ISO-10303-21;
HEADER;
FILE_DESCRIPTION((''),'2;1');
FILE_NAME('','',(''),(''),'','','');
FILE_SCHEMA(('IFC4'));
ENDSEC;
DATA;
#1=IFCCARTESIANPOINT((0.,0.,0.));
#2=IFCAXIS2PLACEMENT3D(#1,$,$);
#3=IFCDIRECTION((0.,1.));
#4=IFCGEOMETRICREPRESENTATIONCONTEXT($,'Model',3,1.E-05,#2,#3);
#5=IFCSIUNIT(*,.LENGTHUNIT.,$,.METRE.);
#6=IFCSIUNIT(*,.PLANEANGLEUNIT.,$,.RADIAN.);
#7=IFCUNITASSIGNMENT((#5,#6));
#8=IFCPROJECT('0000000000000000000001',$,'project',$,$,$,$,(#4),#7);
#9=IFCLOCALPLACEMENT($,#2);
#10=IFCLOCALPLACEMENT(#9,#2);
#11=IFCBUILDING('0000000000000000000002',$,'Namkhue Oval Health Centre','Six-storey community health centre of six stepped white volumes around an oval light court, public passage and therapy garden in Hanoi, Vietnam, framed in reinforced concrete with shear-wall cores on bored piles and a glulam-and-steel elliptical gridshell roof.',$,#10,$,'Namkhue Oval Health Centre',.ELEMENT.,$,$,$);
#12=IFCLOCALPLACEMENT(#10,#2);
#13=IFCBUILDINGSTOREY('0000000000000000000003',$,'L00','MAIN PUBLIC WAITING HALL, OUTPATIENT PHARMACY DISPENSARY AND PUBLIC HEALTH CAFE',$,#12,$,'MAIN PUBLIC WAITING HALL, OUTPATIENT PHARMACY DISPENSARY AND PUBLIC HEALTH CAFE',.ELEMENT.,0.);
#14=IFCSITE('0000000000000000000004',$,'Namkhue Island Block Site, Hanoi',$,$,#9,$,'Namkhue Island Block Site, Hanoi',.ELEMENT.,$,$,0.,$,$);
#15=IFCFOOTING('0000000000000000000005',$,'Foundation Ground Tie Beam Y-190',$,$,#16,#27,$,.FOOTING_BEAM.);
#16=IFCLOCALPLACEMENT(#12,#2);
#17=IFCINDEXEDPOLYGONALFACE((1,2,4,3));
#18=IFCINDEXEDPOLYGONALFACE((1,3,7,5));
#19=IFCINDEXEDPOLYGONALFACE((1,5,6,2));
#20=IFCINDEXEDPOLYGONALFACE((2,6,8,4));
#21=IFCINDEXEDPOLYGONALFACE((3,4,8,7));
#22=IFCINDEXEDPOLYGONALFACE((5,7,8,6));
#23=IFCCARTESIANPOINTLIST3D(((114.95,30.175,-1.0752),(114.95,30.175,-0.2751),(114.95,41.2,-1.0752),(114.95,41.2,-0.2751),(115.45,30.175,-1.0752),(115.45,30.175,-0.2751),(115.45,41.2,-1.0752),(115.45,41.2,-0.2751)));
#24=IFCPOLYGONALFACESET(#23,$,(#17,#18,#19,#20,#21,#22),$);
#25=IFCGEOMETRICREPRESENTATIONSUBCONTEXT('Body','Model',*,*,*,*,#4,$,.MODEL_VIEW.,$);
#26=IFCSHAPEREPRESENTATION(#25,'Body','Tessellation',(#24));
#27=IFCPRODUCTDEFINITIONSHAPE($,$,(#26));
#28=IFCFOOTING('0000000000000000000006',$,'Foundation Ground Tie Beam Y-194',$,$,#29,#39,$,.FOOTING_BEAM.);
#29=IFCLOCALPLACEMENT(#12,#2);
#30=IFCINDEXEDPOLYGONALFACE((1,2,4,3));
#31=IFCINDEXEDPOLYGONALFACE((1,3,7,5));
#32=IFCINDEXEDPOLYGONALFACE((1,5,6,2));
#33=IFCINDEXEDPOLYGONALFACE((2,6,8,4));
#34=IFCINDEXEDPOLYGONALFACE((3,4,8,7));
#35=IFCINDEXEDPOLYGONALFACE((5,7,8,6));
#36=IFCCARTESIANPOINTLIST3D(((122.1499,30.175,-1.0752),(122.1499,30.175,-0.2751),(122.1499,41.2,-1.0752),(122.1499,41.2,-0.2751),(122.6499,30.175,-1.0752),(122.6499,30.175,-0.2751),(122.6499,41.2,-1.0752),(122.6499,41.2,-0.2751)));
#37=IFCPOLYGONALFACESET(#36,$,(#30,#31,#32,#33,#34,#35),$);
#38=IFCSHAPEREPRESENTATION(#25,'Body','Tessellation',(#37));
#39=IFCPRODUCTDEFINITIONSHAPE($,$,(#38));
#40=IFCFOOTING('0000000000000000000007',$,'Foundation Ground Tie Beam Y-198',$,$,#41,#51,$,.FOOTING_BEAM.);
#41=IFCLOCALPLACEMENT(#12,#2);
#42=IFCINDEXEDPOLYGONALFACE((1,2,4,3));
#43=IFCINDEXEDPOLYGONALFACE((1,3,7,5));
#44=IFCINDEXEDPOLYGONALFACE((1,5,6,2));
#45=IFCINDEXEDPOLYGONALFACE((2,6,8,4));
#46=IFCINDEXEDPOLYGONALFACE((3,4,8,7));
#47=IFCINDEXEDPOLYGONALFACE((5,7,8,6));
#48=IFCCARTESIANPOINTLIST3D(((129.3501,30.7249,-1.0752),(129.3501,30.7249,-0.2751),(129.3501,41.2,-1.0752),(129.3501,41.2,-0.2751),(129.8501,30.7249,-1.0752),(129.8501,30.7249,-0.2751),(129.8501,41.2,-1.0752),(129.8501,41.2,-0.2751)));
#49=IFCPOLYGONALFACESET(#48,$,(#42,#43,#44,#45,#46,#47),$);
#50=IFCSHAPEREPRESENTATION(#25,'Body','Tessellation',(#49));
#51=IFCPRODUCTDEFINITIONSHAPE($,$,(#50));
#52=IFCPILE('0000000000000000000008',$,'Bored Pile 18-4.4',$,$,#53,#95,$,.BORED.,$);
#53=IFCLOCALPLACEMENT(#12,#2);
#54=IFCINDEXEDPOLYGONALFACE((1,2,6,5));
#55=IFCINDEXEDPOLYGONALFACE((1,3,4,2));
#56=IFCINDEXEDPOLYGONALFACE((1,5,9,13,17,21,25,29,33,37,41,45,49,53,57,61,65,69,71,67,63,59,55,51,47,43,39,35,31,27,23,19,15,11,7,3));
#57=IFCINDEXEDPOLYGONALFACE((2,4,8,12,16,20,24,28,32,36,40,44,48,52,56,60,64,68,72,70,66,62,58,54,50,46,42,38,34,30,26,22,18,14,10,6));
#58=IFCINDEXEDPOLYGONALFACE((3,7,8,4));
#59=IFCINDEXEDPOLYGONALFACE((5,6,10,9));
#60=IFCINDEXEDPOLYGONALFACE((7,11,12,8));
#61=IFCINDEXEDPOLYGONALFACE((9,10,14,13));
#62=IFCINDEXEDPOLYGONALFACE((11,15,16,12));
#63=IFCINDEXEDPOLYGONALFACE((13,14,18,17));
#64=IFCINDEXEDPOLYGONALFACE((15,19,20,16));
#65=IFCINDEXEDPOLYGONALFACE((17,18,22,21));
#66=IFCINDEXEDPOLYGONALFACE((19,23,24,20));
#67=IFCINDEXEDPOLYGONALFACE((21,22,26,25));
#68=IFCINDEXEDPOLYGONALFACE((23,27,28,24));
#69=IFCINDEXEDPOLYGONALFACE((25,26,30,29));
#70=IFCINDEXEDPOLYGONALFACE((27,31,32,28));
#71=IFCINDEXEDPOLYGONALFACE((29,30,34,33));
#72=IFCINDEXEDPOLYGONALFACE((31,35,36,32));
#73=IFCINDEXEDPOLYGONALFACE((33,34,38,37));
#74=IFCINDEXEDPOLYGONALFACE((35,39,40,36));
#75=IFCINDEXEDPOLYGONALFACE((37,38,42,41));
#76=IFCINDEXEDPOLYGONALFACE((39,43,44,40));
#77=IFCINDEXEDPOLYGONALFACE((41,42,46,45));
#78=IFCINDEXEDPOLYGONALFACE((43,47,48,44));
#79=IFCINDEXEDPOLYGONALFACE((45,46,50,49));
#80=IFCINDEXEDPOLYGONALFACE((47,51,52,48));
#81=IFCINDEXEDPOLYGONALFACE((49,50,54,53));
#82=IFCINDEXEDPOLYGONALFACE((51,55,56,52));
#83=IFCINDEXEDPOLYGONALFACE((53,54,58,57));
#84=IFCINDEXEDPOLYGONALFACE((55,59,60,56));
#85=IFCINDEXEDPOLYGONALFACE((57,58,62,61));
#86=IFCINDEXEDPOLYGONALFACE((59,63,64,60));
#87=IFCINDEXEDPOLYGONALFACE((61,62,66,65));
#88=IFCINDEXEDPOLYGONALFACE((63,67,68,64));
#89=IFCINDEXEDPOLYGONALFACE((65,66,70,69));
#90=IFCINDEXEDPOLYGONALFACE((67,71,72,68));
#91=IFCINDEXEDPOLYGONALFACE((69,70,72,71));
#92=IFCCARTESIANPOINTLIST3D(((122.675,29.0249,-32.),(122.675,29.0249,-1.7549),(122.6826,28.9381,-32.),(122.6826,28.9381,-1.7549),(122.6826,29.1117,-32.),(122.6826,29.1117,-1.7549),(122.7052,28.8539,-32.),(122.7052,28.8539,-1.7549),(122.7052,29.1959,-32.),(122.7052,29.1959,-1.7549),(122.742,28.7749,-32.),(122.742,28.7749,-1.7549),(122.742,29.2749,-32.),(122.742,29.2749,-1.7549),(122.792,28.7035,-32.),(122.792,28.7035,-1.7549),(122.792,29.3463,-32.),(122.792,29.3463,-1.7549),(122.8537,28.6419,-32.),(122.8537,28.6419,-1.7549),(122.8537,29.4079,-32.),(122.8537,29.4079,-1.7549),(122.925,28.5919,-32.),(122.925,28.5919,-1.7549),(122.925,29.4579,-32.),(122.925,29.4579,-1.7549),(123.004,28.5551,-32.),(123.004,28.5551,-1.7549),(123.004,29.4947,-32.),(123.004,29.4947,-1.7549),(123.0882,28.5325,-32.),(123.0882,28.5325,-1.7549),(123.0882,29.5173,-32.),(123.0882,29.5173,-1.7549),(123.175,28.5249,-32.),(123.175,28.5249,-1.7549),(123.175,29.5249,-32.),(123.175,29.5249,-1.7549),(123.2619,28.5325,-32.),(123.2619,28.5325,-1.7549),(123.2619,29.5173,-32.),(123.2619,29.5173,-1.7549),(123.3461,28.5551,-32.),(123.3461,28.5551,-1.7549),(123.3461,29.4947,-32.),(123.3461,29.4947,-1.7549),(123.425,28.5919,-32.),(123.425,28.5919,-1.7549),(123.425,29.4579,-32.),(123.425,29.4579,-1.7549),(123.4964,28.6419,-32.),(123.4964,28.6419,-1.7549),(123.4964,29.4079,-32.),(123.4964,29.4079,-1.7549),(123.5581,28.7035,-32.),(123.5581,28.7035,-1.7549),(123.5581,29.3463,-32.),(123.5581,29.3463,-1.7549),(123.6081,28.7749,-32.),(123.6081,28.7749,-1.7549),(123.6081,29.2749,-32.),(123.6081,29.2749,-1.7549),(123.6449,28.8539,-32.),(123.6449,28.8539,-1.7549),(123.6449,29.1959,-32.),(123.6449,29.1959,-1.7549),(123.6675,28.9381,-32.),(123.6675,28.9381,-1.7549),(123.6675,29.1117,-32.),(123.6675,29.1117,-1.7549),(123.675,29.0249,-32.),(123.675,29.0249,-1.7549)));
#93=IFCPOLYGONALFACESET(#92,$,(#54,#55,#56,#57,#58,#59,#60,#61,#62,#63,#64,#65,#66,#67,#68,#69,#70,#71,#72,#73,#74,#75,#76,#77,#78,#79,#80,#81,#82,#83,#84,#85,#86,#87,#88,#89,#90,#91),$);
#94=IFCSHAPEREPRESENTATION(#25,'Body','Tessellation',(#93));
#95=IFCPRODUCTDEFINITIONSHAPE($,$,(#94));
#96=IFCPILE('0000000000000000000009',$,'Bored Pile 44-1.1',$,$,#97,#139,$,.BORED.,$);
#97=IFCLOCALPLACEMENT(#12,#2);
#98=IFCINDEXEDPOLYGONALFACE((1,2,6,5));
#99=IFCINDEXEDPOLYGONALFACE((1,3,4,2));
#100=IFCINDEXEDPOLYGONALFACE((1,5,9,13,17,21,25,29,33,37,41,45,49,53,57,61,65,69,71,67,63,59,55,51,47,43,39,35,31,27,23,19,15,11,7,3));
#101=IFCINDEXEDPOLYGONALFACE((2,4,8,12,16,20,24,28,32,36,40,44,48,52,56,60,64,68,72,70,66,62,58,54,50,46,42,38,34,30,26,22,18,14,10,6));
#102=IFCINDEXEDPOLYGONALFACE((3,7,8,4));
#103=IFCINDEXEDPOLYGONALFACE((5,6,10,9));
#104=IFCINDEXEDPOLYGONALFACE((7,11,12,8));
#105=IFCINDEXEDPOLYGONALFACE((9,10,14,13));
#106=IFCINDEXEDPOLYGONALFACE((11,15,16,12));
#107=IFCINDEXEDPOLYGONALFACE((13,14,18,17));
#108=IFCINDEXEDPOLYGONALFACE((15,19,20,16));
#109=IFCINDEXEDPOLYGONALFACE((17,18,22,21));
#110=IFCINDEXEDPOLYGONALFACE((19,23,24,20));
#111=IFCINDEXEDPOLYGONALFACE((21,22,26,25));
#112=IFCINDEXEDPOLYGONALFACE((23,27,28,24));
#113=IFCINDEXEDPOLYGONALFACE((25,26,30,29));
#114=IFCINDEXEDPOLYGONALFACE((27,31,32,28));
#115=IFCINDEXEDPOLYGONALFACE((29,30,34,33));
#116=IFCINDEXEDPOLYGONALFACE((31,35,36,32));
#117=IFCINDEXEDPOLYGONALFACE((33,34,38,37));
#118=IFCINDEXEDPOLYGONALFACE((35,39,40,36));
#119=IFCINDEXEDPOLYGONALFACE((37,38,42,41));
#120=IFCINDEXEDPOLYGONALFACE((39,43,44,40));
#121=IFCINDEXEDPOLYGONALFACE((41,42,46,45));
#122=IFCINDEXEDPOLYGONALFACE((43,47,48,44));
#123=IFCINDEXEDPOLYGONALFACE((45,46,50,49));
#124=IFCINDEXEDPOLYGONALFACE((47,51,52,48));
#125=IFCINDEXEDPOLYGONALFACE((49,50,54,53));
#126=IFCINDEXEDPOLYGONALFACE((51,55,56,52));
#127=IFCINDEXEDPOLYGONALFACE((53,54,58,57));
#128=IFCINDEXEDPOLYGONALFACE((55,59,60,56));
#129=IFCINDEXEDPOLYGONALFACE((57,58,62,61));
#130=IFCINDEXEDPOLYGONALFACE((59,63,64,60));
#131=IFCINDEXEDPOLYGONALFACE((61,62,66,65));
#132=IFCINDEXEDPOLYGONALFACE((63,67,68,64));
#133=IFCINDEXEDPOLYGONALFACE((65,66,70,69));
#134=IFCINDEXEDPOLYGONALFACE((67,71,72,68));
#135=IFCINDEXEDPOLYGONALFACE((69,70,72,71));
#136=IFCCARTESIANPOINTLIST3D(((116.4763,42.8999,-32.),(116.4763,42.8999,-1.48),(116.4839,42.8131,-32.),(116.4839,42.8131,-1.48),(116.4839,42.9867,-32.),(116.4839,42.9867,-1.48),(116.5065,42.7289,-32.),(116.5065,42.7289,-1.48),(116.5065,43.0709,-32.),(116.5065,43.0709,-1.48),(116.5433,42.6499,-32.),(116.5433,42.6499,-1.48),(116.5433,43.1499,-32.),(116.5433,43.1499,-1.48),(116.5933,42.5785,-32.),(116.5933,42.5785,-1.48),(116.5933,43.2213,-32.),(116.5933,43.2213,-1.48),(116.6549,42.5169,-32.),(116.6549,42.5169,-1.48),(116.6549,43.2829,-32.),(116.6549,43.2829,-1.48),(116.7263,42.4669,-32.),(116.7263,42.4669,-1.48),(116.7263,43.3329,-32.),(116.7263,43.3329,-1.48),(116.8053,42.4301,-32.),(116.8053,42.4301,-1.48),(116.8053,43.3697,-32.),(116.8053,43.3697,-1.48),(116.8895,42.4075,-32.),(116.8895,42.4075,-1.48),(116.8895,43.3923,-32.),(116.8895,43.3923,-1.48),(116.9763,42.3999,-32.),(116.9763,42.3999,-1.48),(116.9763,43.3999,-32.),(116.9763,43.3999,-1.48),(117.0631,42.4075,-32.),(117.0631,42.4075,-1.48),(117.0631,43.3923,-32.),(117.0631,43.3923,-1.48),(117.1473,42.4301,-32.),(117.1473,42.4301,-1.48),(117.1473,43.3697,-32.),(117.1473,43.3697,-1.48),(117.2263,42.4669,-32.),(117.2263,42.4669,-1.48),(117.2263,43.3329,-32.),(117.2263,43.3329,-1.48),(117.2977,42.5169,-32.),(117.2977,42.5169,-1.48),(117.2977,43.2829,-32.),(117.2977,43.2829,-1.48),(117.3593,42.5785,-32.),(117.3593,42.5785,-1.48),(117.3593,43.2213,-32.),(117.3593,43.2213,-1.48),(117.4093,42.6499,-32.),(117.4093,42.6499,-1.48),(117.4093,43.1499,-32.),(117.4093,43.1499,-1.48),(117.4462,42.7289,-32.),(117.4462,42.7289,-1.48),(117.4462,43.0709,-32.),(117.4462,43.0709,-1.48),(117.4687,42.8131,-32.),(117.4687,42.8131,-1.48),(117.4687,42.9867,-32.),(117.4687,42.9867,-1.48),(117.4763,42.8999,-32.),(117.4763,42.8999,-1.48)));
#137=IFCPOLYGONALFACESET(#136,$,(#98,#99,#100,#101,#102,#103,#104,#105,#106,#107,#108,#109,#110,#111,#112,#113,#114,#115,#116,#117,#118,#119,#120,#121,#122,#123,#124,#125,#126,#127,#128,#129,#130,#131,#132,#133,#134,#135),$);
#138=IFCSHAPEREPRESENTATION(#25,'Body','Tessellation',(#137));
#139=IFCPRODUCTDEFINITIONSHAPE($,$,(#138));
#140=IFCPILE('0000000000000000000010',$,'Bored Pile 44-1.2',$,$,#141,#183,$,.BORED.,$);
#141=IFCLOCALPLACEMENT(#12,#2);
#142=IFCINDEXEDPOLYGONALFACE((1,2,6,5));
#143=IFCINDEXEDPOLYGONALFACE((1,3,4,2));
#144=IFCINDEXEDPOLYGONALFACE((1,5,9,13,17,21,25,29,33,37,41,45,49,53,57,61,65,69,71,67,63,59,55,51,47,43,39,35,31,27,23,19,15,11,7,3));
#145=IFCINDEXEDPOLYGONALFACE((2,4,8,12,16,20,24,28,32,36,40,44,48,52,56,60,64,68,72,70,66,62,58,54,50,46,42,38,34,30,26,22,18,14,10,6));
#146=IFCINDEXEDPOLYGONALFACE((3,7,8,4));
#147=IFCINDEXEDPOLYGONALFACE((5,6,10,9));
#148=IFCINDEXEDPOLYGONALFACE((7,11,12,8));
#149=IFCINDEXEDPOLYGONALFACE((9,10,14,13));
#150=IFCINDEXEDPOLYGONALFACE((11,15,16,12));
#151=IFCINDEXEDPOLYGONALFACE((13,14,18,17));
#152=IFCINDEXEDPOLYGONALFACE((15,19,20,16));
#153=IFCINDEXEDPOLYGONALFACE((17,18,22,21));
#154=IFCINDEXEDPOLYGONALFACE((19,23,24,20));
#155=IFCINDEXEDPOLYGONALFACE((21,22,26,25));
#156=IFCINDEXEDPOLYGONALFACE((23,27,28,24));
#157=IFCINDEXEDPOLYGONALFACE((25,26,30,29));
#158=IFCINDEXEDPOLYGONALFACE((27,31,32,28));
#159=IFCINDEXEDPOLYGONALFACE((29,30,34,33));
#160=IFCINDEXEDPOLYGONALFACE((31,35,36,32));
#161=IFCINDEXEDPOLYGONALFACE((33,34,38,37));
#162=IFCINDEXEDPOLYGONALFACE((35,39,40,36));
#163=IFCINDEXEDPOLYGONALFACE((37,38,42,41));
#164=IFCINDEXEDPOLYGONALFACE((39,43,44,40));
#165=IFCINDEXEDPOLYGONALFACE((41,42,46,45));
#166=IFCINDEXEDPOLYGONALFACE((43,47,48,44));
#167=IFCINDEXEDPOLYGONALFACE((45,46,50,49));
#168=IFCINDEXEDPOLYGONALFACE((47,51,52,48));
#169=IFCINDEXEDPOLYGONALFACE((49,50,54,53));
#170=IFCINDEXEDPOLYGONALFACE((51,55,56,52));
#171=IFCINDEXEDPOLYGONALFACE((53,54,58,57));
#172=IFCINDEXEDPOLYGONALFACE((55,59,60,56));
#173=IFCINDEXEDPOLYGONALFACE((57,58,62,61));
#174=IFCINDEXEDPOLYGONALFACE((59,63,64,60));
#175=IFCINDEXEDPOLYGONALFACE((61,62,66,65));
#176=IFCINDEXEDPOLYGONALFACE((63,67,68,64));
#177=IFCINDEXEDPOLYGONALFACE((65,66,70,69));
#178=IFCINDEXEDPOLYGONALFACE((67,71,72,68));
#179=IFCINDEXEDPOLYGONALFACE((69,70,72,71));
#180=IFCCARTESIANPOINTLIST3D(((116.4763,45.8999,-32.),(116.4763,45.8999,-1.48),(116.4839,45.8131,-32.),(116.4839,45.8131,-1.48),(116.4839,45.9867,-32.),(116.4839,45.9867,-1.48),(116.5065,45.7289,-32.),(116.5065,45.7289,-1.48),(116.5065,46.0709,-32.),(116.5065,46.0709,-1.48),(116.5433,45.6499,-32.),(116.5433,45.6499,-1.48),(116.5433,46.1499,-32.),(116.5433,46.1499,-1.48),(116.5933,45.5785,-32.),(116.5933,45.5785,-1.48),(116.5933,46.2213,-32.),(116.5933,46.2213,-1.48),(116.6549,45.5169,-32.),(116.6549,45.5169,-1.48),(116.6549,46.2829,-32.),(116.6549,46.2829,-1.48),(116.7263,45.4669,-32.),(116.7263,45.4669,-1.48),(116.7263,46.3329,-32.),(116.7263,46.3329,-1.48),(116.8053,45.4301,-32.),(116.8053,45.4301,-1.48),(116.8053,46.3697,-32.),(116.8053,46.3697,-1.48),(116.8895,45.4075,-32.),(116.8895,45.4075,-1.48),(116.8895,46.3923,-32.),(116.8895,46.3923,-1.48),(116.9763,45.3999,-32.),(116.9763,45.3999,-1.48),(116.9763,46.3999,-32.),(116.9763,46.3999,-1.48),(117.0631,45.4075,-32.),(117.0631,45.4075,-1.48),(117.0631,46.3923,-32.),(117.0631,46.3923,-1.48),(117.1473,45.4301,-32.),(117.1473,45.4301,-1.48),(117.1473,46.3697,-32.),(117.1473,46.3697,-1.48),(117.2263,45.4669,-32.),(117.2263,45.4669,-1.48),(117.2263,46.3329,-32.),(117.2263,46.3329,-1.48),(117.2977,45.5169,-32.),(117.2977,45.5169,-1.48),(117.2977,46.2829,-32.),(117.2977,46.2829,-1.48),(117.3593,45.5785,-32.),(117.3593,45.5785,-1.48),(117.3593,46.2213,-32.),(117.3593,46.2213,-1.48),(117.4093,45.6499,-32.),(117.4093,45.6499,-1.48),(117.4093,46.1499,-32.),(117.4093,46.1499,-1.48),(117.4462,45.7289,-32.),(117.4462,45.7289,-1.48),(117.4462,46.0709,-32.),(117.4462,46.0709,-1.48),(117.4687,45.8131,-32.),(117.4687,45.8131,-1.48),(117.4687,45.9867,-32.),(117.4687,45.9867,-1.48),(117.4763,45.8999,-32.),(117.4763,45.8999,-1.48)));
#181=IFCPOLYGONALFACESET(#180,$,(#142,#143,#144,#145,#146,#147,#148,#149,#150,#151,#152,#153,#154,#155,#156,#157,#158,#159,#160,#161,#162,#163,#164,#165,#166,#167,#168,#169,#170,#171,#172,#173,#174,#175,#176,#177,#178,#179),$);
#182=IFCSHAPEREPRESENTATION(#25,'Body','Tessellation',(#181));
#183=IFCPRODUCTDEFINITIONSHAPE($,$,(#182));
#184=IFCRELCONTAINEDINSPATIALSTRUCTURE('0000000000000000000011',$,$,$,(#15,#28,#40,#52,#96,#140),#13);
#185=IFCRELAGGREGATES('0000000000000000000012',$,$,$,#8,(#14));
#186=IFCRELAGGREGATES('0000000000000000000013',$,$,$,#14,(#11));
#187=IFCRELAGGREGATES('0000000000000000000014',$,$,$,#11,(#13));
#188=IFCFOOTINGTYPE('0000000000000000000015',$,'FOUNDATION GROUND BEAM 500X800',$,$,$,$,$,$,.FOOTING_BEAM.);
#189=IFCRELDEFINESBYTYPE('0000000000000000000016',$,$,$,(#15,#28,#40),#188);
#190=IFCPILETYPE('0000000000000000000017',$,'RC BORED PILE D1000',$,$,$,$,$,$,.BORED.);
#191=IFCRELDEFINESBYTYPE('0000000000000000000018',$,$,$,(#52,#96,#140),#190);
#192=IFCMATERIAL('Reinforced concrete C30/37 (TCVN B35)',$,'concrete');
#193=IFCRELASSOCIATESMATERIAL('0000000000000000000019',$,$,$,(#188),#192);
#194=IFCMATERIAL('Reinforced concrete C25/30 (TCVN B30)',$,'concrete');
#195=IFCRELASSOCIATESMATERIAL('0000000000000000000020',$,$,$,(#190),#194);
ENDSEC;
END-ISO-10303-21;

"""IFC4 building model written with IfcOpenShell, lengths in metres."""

from ifc_helpers import new_model, si_unit, direction, frame, origin, origin_2d, place, context, subcontext, project, spatial, rectangle, circle, extrude, material, material_profile, profile_set, type_object, element, save


model = new_model("IFC4")

# Units and contexts
model_context = context("Model", 3, precision=1e-05, world=origin(), true_north=direction((0.0, 1.0)))
body_context = subcontext(model_context, "Body", "Model", "MODEL_VIEW")
ifc_project = project(units=[si_unit("LENGTHUNIT", "METRE"), si_unit("PLANEANGLEUNIT", "RADIAN")], contexts=[model_context])

# Site, building, storey
site_placement = place(None, origin())
site = spatial("IfcSite", under=ifc_project, at=site_placement, Name="Namkhue Island Block Site, Hanoi", LongName="Namkhue Island Block Site, Hanoi", CompositionType="ELEMENT", RefElevation=0.0)
building_placement = place(site_placement, origin())
building = spatial("IfcBuilding", under=site, at=building_placement, Name="Namkhue Oval Health Centre", Description="Six-storey community health centre of six stepped white volumes around an oval light court, public passage and therapy garden in Hanoi, Vietnam, framed in reinforced concrete with shear-wall cores on bored piles and a glulam-and-steel elliptical gridshell roof.", LongName="Namkhue Oval Health Centre", CompositionType="ELEMENT")
storey_placement = place(building_placement, origin())
storey = spatial("IfcBuildingStorey", under=building, at=storey_placement, Name="L00", Description="MAIN PUBLIC WAITING HALL, OUTPATIENT PHARMACY DISPENSARY AND PUBLIC HEALTH CAFE", LongName="MAIN PUBLIC WAITING HALL, OUTPATIENT PHARMACY DISPENSARY AND PUBLIC HEALTH CAFE", CompositionType="ELEMENT", Elevation=0.0)

# Footings
ifc_material_1 = material(Name="Reinforced concrete C30/37 (TCVN B35)", Category="concrete")
footing_type = type_object("IfcFootingType", Name="FOUNDATION GROUND BEAM 500X800", PredefinedType="FOOTING_BEAM", material=ifc_material_1)
for number, where, z_axis, x_axis, name in (
    (1, (115.2, 35.6875, -1.0752), (0.0, 0.0, 1.0), (0.0, 1.0, 0.0), "Foundation Ground Tie Beam Y-190"),
    (2, (122.3999, 35.6875, -1.0752), (0.0, 0.0, 1.0), (0.0, 1.0, 0.0), "Foundation Ground Tie Beam Y-194"),
):
    element("IfcFooting", number, at=place(storey_placement, frame(where, z_axis=z_axis, x_axis=x_axis)), inside=storey, type_object=footing_type, Name=name, PredefinedType="FOOTING_BEAM", context=body_context, shape_type="SweptSolid", body=[
        extrude(rectangle(XDim=11.0249, YDim=0.5, at=origin_2d()), origin(), (0.0, 0.0, 1.0), 0.8),
    ])
footing_placement = place(storey_placement, frame((129.6001, 35.9624, -1.0752), z_axis=(0.0, 0.0, 1.0), x_axis=(0.0, 1.0, 0.0)))
element("IfcFooting", 3, at=footing_placement, inside=storey, type_object=footing_type, Name="Foundation Ground Tie Beam Y-198", PredefinedType="FOOTING_BEAM", context=body_context, shape_type="SweptSolid", body=[
    extrude(rectangle(XDim=10.4751, YDim=0.5, at=origin_2d()), origin(), (0.0, 0.0, 1.0), 0.8),
])

# Piles
ifc_material_2 = material(Name="Reinforced concrete C25/30 (TCVN B30)", Category="concrete")
ifc_material_profile_1 = material_profile(ifc_material_2, circle(Radius=0.5, at=origin_2d()), Name="BORED PILE D1000")
ifc_profile_set_1 = profile_set([ifc_material_profile_1], Name="Reinforced concrete C25/30 (TCVN B30)")
pile_type_1 = type_object("IfcPileType", Name="RC BORED PILE D1000", PredefinedType="BORED", material=ifc_profile_set_1)
pile_placement = place(storey_placement, frame((123.175, 29.0249, -1.7549), z_axis=(0.0, 0.0, -1.0), x_axis=(1.0, 0.0, 0.0)))
element("IfcPile", 4, at=pile_placement, inside=storey, type_object=pile_type_1, Name="Bored Pile 18-4.4", PredefinedType="BORED", context=body_context, shape_type="SweptSolid", body=[
    extrude(circle(Radius=0.5, at=origin_2d()), origin(), (0.0, 0.0, 1.0), 30.2451),
])
for number, where, z_axis, x_axis, name in (
    (5, (116.9763, 42.8999, -1.48), (0.0, 0.0, -1.0), (1.0, 0.0, 0.0), "Bored Pile 44-1.1"),
    (6, (116.9763, 45.8999, -1.48), (0.0, 0.0, -1.0), (1.0, 0.0, 0.0), "Bored Pile 44-1.2"),
):
    element("IfcPile", number, at=place(storey_placement, frame(where, z_axis=z_axis, x_axis=x_axis)), inside=storey, type_object=pile_type_1, Name=name, PredefinedType="BORED", context=body_context, shape_type="SweptSolid", body=[
        extrude(circle(Radius=0.5, at=origin_2d()), origin(), (0.0, 0.0, 1.0), 30.52),
    ])

save(model, "model.ifc")
